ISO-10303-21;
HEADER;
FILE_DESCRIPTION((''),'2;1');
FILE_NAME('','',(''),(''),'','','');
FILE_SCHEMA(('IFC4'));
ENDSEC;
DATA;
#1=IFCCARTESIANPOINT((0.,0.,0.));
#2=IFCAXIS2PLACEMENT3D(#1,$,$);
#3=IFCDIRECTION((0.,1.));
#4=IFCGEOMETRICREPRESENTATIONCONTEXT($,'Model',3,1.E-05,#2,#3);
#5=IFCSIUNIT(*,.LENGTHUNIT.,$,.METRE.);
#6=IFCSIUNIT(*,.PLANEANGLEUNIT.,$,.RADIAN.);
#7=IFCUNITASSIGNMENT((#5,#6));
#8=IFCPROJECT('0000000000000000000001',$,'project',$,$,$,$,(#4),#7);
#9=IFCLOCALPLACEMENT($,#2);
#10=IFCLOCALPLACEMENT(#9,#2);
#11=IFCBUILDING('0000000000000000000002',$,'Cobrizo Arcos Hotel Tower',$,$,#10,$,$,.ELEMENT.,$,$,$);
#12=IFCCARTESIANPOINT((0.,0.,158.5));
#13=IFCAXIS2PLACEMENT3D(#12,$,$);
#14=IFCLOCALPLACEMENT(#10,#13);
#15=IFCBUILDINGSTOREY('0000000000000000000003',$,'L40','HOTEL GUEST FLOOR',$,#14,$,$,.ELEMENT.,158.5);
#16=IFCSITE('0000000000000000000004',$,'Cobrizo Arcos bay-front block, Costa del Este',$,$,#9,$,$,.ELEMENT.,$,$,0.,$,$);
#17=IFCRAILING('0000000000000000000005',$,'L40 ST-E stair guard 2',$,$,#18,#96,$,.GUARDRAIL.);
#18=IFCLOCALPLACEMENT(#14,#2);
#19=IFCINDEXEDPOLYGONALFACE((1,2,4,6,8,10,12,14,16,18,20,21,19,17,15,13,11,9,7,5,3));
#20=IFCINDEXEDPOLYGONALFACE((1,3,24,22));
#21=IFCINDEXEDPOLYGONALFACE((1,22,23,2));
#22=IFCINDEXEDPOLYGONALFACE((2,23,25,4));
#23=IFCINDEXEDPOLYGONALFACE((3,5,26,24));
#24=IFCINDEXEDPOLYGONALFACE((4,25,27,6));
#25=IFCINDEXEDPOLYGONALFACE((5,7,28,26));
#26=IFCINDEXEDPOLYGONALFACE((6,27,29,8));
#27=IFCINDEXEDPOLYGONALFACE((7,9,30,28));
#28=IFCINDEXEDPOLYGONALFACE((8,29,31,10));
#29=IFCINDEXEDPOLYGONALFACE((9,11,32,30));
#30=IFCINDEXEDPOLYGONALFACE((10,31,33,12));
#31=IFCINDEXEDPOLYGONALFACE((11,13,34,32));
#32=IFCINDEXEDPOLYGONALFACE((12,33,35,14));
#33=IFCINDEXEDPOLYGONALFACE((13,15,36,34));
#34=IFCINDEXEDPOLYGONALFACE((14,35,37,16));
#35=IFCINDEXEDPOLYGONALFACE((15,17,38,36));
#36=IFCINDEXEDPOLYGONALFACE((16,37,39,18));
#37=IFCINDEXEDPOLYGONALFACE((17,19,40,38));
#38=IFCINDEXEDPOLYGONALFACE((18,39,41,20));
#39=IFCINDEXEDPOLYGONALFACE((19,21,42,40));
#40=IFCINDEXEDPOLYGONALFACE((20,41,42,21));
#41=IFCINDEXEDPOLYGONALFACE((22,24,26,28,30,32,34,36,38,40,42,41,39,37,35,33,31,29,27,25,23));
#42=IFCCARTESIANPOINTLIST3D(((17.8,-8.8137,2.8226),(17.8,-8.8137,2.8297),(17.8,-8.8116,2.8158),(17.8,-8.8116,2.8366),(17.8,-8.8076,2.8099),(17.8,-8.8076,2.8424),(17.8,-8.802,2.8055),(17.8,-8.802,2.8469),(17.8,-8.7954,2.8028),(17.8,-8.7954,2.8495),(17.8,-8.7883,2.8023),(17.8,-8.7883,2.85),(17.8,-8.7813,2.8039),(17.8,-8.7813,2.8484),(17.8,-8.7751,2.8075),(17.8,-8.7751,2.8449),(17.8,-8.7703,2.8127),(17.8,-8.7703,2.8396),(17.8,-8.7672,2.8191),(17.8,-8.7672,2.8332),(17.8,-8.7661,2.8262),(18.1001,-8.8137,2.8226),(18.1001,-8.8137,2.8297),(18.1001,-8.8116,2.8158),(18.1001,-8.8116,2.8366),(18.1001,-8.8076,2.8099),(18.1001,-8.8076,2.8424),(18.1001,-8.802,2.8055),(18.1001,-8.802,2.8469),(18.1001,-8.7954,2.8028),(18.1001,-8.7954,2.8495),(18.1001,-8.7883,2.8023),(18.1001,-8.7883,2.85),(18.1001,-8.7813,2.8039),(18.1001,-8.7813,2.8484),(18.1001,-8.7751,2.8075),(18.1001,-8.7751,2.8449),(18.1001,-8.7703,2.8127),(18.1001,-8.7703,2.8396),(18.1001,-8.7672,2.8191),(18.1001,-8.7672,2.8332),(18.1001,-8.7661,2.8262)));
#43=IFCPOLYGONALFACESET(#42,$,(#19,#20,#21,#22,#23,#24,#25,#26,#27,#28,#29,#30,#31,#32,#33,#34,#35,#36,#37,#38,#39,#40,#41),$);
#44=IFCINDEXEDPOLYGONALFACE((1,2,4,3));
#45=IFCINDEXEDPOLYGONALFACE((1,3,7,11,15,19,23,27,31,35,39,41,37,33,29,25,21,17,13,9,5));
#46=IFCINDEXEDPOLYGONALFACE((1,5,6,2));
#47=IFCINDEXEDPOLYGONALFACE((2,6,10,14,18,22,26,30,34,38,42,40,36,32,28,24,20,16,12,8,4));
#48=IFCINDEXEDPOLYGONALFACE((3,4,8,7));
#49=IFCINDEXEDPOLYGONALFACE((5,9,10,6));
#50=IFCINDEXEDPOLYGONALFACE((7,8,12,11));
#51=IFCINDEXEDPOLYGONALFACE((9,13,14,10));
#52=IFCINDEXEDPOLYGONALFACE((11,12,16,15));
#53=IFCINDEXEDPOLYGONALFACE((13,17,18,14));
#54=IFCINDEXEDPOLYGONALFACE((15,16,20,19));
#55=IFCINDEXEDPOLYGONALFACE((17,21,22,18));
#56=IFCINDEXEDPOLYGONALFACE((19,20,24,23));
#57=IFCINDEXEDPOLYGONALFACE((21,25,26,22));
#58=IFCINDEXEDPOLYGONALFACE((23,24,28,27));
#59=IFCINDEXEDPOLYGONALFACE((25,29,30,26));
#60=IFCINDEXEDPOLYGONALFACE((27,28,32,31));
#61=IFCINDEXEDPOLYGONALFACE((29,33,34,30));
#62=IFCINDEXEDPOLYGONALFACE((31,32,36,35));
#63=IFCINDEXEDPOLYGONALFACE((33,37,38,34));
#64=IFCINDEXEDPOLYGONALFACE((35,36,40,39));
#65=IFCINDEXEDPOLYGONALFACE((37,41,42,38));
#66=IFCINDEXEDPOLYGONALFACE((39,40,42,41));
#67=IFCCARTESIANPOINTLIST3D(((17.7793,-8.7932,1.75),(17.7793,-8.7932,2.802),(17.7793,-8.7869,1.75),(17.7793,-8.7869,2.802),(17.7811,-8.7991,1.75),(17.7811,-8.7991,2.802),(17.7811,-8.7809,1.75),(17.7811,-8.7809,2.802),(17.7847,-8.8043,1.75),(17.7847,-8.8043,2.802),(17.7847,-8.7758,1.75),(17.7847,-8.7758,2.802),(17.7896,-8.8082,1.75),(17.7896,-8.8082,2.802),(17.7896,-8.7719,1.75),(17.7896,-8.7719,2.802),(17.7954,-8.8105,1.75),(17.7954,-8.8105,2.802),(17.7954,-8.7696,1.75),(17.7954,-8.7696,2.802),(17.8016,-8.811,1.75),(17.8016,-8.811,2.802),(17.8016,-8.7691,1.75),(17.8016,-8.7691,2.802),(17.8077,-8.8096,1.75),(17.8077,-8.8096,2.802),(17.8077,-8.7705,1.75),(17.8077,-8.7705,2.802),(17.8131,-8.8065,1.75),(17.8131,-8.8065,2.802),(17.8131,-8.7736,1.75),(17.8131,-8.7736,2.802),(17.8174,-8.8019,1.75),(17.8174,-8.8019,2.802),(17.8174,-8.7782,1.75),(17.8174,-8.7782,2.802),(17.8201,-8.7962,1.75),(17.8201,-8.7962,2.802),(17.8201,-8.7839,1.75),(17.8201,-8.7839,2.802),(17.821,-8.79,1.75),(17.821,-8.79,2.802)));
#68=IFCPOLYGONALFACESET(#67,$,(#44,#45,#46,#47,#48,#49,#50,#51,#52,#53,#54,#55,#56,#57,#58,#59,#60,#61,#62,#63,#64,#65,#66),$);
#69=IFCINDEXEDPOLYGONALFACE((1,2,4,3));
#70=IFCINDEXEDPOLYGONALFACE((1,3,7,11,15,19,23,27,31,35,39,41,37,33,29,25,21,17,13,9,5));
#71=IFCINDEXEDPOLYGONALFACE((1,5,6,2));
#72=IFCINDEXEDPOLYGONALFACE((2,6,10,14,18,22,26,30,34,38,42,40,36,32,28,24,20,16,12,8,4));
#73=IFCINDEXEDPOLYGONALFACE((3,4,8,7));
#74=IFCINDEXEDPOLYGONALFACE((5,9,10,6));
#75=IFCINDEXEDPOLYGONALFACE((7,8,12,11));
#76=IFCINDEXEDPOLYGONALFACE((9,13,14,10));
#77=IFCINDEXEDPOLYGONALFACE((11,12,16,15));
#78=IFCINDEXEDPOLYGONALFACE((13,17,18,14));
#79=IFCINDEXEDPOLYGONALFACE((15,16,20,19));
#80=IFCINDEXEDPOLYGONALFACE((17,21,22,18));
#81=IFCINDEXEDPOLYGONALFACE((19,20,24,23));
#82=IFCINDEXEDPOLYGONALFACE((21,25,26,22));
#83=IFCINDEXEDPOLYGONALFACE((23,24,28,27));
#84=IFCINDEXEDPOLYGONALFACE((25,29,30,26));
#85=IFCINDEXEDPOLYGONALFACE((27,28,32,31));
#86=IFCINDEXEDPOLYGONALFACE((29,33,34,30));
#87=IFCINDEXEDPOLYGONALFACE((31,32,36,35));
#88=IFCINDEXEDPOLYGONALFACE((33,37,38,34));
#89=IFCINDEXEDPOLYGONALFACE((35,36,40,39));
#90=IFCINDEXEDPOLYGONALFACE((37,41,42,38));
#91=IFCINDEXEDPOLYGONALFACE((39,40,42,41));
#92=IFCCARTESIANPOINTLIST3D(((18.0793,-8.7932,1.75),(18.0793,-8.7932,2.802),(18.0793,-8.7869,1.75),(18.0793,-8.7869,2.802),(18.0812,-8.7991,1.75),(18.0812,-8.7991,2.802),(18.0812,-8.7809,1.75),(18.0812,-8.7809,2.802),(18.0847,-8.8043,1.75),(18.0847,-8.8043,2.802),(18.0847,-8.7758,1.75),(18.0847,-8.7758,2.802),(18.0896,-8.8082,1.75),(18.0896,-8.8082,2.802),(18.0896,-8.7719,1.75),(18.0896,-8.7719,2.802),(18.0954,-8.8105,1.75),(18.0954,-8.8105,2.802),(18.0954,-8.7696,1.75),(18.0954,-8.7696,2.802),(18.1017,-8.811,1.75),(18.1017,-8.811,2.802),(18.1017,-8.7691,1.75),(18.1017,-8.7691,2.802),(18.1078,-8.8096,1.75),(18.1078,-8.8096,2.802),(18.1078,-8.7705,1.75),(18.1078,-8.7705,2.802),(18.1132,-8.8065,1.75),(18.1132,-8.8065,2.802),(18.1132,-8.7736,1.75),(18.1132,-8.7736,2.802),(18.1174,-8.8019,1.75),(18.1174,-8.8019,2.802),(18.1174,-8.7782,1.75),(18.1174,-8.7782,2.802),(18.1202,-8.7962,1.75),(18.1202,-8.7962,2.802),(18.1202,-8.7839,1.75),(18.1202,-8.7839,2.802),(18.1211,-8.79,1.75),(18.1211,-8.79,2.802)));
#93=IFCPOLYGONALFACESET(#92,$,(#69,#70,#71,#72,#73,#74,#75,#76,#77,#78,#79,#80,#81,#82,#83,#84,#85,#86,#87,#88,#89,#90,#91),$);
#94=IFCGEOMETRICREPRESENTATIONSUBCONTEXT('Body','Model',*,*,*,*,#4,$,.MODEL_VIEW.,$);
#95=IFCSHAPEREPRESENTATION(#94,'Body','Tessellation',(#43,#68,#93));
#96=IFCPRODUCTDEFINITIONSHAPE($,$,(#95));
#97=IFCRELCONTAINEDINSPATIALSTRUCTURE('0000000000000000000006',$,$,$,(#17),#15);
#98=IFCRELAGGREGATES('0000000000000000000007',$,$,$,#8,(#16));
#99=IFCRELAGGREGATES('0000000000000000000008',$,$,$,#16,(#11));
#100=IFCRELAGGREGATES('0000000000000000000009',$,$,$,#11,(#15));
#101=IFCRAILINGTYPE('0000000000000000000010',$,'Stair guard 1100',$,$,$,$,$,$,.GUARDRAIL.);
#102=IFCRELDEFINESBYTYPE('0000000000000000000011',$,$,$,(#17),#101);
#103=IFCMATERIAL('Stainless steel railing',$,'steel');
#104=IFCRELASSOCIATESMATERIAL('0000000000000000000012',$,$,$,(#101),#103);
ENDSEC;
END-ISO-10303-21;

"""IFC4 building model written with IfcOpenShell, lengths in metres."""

from ifc_helpers import new_model, si_unit, direction, frame, origin, origin_2d, place, context, subcontext, project, spatial, circle, extrude, material, type_object, element, save


model = new_model("IFC4")

# Units and contexts
model_context = context("Model", 3, precision=1e-05, world=origin(), true_north=direction((0.0, 1.0)))
body_context = subcontext(model_context, "Body", "Model", "MODEL_VIEW")
ifc_project = project(units=[si_unit("LENGTHUNIT", "METRE"), si_unit("PLANEANGLEUNIT", "RADIAN")], contexts=[model_context])

# Site, building, storey
site_placement = place(None, origin())
site = spatial("IfcSite", under=ifc_project, at=site_placement, Name="Cobrizo Arcos bay-front block, Costa del Este", CompositionType="ELEMENT", RefElevation=0.0)
building_placement = place(site_placement, origin())
building = spatial("IfcBuilding", under=site, at=building_placement, Name="Cobrizo Arcos Hotel Tower", CompositionType="ELEMENT")
storey_placement = place(building_placement, frame((0.0, 0.0, 158.5)))
storey = spatial("IfcBuildingStorey", under=building, at=storey_placement, Name="L40", Description="HOTEL GUEST FLOOR", CompositionType="ELEMENT", Elevation=158.5)

# Railing
ifc_material_1 = material(Name="Stainless steel railing", Category="steel")
railing_type_1 = type_object("IfcRailingType", Name="Stair guard 1100", PredefinedType="GUARDRAIL", material=ifc_material_1)
railing_1_placement = place(storey_placement, frame((17.8, -8.79, 1.75)))
element("IfcRailing", 1, at=railing_1_placement, inside=storey, type_object=railing_type_1, Name="L40 ST-E stair guard 2", PredefinedType="GUARDRAIL", context=body_context, shape_type="SweptSolid", body=[
    extrude(circle(Radius=0.0239, at=origin_2d()), frame((0.0, 0.0, 1.0762), z_axis=(1.0, 0.0, 0.0), x_axis=(0.0, 1.0, 0.0)), (0.0, 0.0, 1.0), 0.3),
    extrude(circle(Radius=0.021, at=origin_2d()), origin(), (0.0, 0.0, 1.0), 1.052),
    extrude(circle(Radius=0.021, at=origin_2d()), frame((0.3, 0.0, 0.0)), (0.0, 0.0, 1.0), 1.052),
])

save(model, "model.ifc")
